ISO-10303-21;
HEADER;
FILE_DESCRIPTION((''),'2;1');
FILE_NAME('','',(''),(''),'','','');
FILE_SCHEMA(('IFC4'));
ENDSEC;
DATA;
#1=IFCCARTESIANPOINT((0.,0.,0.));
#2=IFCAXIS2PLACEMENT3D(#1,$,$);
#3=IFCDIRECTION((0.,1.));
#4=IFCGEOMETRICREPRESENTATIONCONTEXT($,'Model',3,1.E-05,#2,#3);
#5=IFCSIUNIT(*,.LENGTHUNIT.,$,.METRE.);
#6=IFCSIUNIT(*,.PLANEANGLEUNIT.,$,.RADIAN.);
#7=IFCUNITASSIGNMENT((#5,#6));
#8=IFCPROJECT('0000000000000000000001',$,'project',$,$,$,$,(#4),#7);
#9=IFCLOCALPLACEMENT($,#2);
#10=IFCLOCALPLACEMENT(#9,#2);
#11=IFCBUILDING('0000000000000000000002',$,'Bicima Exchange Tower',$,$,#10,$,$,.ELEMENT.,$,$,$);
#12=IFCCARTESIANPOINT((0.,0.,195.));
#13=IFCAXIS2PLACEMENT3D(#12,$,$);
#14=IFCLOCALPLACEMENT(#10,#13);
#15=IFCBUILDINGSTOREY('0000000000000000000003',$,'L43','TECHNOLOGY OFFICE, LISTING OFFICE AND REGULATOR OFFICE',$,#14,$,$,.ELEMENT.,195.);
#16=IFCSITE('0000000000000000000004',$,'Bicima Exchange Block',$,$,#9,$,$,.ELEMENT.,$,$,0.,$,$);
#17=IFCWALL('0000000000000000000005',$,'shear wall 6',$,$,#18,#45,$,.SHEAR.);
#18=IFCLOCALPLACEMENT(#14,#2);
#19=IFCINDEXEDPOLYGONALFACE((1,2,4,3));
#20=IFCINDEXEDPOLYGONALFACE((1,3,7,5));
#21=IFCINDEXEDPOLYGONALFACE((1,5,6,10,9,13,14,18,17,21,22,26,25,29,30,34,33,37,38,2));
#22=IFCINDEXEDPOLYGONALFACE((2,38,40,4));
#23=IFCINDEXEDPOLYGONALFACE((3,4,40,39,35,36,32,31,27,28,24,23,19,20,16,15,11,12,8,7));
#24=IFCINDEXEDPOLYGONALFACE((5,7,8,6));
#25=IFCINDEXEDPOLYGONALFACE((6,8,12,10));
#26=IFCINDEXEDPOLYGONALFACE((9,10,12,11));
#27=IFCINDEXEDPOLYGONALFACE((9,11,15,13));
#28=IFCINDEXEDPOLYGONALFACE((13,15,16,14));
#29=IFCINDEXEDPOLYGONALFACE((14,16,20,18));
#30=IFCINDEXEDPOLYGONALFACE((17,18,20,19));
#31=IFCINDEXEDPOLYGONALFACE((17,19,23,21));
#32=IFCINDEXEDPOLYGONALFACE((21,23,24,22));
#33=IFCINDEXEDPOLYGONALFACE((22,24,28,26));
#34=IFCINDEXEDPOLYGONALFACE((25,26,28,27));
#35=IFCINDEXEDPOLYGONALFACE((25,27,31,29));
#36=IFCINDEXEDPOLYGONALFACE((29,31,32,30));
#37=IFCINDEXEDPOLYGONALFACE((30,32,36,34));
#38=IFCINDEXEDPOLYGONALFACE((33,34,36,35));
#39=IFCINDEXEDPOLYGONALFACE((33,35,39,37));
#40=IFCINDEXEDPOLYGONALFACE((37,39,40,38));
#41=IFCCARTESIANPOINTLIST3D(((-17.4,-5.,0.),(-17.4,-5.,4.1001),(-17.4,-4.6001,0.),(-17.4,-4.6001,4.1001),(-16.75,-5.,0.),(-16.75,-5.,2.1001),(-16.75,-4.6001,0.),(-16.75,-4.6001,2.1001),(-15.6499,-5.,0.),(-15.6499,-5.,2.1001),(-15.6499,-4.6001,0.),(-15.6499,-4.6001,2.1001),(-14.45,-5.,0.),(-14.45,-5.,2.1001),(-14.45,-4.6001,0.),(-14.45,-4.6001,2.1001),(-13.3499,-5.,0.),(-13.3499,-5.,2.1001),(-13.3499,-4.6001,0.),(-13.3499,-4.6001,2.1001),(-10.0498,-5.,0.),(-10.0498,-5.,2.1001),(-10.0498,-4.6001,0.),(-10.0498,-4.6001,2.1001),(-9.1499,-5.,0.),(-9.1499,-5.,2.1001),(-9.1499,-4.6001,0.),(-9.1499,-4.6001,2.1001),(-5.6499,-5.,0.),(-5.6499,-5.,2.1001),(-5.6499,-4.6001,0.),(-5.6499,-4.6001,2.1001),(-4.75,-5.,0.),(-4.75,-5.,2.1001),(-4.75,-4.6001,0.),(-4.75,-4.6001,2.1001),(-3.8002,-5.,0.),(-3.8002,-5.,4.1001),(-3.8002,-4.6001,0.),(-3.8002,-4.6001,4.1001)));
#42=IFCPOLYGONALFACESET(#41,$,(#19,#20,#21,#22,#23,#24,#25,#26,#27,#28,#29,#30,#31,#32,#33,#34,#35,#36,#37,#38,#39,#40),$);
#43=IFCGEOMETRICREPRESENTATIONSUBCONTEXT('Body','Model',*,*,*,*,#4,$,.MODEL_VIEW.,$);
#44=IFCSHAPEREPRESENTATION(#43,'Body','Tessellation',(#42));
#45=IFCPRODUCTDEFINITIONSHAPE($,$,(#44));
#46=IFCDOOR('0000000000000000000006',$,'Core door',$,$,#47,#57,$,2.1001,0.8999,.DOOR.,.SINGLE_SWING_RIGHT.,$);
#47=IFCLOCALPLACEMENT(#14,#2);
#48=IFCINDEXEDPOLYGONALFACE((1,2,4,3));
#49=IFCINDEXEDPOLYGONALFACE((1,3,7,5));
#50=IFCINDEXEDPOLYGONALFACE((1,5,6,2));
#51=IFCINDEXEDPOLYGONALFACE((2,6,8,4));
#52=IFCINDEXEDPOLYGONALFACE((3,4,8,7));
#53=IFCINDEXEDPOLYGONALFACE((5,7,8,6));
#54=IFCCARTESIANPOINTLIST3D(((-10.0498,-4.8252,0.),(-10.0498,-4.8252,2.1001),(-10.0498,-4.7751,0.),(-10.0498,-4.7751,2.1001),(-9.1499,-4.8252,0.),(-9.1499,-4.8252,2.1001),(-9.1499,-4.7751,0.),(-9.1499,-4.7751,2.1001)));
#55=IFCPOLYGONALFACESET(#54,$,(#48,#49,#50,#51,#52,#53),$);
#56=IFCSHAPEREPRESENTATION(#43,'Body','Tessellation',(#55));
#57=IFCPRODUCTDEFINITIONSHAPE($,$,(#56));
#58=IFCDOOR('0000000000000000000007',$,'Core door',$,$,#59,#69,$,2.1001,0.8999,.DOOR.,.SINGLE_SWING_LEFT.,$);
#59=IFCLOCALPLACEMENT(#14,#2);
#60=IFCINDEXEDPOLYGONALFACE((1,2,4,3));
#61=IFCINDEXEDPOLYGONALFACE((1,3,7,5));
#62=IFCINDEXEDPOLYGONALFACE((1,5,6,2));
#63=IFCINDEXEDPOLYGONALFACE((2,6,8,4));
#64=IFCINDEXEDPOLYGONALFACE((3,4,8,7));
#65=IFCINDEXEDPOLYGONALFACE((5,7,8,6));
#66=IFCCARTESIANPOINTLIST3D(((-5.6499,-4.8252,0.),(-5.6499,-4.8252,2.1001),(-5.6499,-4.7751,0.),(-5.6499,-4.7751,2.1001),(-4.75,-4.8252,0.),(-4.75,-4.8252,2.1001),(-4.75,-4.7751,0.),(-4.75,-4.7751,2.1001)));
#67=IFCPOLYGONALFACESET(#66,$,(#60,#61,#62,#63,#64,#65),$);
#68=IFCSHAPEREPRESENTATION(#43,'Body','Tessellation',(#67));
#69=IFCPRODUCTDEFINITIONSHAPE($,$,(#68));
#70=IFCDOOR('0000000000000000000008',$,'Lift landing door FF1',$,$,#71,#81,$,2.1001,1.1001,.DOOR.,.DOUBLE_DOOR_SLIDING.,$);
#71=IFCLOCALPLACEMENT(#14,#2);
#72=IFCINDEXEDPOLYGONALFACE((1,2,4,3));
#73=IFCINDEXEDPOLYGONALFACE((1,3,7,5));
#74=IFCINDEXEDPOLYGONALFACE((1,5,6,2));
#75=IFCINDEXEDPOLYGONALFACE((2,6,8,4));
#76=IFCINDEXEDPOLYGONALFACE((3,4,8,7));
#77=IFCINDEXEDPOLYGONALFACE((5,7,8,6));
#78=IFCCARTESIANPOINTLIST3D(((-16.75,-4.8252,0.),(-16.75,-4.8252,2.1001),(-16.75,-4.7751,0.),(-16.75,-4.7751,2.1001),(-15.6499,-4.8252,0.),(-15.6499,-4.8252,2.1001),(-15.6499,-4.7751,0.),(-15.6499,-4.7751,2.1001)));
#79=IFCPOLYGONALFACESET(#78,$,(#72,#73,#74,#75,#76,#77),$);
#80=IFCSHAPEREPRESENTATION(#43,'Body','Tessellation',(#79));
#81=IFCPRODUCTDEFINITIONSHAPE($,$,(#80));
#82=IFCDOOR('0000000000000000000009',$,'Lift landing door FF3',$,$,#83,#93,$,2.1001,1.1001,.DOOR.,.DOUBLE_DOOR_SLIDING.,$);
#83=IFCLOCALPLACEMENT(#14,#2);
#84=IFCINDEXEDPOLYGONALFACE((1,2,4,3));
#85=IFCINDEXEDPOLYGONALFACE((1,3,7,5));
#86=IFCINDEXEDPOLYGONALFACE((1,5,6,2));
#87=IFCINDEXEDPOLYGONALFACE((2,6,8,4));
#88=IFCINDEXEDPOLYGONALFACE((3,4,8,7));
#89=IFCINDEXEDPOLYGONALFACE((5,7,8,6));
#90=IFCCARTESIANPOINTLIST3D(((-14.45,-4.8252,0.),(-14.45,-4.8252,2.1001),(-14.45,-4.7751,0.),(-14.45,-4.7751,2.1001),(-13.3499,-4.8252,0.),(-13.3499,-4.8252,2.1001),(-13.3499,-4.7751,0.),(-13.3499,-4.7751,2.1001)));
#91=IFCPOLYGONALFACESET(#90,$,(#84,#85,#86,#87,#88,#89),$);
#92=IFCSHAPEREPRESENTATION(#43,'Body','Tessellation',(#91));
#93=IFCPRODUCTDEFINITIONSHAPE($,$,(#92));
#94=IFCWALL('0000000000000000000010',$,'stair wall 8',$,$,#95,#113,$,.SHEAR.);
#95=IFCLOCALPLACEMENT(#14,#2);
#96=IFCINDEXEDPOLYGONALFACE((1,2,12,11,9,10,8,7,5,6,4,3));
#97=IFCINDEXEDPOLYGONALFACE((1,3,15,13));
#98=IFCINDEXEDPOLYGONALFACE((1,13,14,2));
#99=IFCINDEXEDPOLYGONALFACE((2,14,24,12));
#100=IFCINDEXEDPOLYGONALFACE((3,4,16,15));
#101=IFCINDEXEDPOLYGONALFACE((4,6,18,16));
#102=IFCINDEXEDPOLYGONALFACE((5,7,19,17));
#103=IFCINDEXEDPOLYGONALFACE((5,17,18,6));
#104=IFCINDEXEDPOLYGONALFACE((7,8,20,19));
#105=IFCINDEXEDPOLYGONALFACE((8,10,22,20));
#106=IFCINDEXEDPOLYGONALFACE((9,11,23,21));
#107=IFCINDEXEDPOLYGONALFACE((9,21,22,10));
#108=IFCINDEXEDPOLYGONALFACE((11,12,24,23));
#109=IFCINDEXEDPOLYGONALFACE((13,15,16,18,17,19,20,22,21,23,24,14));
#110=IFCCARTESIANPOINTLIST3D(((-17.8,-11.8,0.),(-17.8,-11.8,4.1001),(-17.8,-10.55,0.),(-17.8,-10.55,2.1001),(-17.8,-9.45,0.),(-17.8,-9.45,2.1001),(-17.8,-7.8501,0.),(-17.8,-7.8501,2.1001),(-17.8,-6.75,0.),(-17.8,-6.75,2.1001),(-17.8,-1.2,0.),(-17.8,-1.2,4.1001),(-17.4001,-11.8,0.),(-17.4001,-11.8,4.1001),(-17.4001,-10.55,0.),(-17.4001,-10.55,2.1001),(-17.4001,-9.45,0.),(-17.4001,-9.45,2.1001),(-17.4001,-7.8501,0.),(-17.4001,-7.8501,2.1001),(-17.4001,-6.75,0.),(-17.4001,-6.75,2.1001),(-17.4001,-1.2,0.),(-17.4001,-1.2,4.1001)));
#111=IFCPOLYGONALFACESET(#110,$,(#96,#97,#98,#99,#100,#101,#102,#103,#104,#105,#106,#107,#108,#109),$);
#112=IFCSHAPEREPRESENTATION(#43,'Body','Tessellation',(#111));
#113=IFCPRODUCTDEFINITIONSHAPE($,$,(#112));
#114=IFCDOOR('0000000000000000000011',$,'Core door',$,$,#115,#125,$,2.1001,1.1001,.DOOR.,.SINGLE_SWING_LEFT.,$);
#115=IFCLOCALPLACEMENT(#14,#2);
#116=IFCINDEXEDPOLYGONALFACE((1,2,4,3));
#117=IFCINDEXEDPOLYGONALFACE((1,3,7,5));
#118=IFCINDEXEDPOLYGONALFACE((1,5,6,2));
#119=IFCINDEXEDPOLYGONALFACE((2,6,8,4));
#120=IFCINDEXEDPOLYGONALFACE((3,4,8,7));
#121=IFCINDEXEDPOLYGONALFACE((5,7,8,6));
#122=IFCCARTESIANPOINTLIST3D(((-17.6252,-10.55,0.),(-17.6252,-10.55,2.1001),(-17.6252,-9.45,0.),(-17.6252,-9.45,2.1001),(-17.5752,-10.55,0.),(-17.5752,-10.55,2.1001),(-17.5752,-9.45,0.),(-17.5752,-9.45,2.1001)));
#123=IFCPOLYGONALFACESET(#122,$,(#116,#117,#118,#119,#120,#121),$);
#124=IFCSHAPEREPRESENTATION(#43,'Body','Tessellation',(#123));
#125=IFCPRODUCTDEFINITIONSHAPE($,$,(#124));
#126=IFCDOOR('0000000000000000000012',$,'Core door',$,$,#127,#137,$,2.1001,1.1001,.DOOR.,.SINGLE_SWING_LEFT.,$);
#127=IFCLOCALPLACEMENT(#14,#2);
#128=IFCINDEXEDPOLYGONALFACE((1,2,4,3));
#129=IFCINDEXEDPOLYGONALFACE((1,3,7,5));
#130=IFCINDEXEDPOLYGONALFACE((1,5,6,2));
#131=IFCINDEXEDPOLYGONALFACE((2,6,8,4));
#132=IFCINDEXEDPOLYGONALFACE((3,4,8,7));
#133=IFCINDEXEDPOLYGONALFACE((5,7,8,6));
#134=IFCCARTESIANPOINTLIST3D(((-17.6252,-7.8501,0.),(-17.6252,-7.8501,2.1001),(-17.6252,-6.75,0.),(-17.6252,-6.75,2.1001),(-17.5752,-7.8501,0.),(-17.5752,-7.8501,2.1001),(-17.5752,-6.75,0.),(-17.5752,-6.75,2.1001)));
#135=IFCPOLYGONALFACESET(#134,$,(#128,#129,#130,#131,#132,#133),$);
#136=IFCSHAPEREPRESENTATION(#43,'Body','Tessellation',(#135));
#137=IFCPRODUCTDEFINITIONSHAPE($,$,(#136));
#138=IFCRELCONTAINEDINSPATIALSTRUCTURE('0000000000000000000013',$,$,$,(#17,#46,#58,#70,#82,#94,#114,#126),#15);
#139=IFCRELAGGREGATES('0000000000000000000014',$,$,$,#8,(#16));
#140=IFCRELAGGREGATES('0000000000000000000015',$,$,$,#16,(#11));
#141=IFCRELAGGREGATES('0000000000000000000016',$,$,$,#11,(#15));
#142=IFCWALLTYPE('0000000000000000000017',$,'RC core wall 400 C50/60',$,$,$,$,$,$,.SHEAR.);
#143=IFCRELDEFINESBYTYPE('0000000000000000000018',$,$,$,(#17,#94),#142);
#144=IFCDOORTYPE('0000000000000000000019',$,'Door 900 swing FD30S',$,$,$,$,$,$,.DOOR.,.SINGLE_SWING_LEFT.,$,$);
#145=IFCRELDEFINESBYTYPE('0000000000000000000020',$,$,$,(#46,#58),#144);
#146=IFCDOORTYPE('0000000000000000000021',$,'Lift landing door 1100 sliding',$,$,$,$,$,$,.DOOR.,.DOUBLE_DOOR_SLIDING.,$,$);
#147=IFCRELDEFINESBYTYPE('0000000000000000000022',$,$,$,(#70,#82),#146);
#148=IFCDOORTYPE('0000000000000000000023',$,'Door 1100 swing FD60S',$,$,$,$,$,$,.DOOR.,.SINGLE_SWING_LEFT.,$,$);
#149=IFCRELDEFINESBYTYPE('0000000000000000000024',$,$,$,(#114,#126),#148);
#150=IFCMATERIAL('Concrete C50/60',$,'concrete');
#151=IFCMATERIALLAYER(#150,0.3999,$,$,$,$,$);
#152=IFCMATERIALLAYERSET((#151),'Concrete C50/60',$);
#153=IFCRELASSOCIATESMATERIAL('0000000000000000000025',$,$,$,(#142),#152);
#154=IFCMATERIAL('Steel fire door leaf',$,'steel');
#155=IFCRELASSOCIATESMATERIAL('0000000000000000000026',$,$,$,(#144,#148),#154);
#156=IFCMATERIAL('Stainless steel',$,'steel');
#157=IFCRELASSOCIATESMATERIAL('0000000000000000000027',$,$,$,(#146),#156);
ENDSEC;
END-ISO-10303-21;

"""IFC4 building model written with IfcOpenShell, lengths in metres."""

from ifc_helpers import new_model, si_unit, direction, frame, frame_2d, origin, place, context, subcontext, project, spatial, rectangle, extrude, material, layer, layer_set, type_object, element, fill, save


model = new_model("IFC4")

# Units and contexts
model_context = context("Model", 3, precision=1e-05, world=origin(), true_north=direction((0.0, 1.0)))
body_context = subcontext(model_context, "Body", "Model", "MODEL_VIEW")
ifc_project = project(units=[si_unit("LENGTHUNIT", "METRE"), si_unit("PLANEANGLEUNIT", "RADIAN")], contexts=[model_context])

# Site, building, storey
site_placement = place(None, origin())
site = spatial("IfcSite", under=ifc_project, at=site_placement, Name="Bicima Exchange Block", CompositionType="ELEMENT", RefElevation=0.0)
building_placement = place(site_placement, origin())
building = spatial("IfcBuilding", under=site, at=building_placement, Name="Bicima Exchange Tower", CompositionType="ELEMENT")
storey_placement = place(building_placement, frame((0.0, 0.0, 195.0)))
storey = spatial("IfcBuildingStorey", under=building, at=storey_placement, Name="L43", Description="TECHNOLOGY OFFICE, LISTING OFFICE AND REGULATOR OFFICE", CompositionType="ELEMENT", Elevation=195.0)

# Walls, openings, doors
ifc_material_1 = material(Name="Concrete C50/60", Category="concrete")
ifc_layer_1 = layer(ifc_material_1, 0.3999)
ifc_layer_set_1 = layer_set([ifc_layer_1], Name="Concrete C50/60")
wall_type_1 = type_object("IfcWallType", Name="RC core wall 400 C50/60", PredefinedType="SHEAR", material=ifc_layer_set_1)
ifc_material_2 = material(Name="Steel fire door leaf", Category="steel")
door_type_1 = type_object("IfcDoorType", Name="Door 900 swing FD30S", OperationType="SINGLE_SWING_LEFT", PredefinedType="DOOR", material=ifc_material_2)
ifc_material_3 = material(Name="Stainless steel", Category="steel")
wall_1_placement = place(storey_placement, frame((-17.3999, -4.8, 0.0), z_axis=(0.0, 0.0, 1.0), x_axis=(1.0, 0.0, 0.0)))
wall_1 = element("IfcWall", 1, at=wall_1_placement, inside=storey, type_object=wall_type_1, Name="shear wall 6", PredefinedType="SHEAR", context=body_context, shape_type="SweptSolid", body=[
    extrude(rectangle(XDim=13.5999, YDim=0.3999, at=frame_2d((6.7998, 0.0))), origin(), (0.0, 0.0, 1.0), 4.1001),
])
opening_1_placement = place(wall_1_placement, frame((0.6499, 0.0, 0.0)))
opening_1 = element("IfcOpeningElement", 2, at=opening_1_placement, cuts=wall_1, PredefinedType="OPENING", context=body_context, shape_type="SweptSolid", body=[
    extrude(rectangle(XDim=1.1001, YDim=2.1001, at=frame_2d((0.55, 1.05))), frame((0.0, 0.2119, 0.0), z_axis=(0.0, -1.0, 0.0), x_axis=(1.0, 0.0, 0.0)), (0.0, 0.0, 1.0), 0.4238),
])
opening_2_placement = place(wall_1_placement, frame((2.95, 0.0, 0.0)))
opening_2 = element("IfcOpeningElement", 3, at=opening_2_placement, cuts=wall_1, PredefinedType="OPENING", context=body_context, shape_type="SweptSolid", body=[
    extrude(rectangle(XDim=1.1001, YDim=2.1001, at=frame_2d((0.55, 1.05))), frame((0.0, 0.2119, 0.0), z_axis=(0.0, -1.0, 0.0), x_axis=(1.0, 0.0, 0.0)), (0.0, 0.0, 1.0), 0.4238),
])
opening_3_placement = place(wall_1_placement, frame((7.3501, 0.0, 0.0)))
opening_3 = element("IfcOpeningElement", 4, at=opening_3_placement, cuts=wall_1, PredefinedType="OPENING", context=body_context, shape_type="SweptSolid", body=[
    extrude(rectangle(XDim=0.8999, YDim=2.1001, at=frame_2d((0.45, 1.05))), frame((0.0, 0.2119, 0.0), z_axis=(0.0, -1.0, 0.0), x_axis=(1.0, 0.0, 0.0)), (0.0, 0.0, 1.0), 0.4238),
])
opening_4_placement = place(wall_1_placement, frame((11.75, 0.0, 0.0)))
opening_4 = element("IfcOpeningElement", 5, at=opening_4_placement, cuts=wall_1, PredefinedType="OPENING", context=body_context, shape_type="SweptSolid", body=[
    extrude(rectangle(XDim=0.8999, YDim=2.1001, at=frame_2d((0.45, 1.05))), frame((0.0, 0.2119, 0.0), z_axis=(0.0, -1.0, 0.0), x_axis=(1.0, 0.0, 0.0)), (0.0, 0.0, 1.0), 0.4238),
])
door_1_placement = place(opening_3_placement, origin())
door_1 = element("IfcDoor", 6, at=door_1_placement, inside=storey, type_object=door_type_1, Name="Core door", OperationType="SINGLE_SWING_RIGHT", OverallHeight=2.1001, OverallWidth=0.8999, PredefinedType="DOOR", context=body_context, shape_type="SweptSolid", body=[
    extrude(rectangle(XDim=0.8999, YDim=2.1001, at=frame_2d((0.45, 1.05))), frame((0.0, 0.0249, 0.0), z_axis=(0.0, -1.0, 0.0), x_axis=(1.0, 0.0, 0.0)), (0.0, 0.0, 1.0), 0.05),
])
fill(opening_3, door_1)
door_2_placement = place(opening_4_placement, origin())
door_2 = element("IfcDoor", 7, at=door_2_placement, inside=storey, type_object=door_type_1, Name="Core door", OperationType="SINGLE_SWING_LEFT", OverallHeight=2.1001, OverallWidth=0.8999, PredefinedType="DOOR", context=body_context, shape_type="SweptSolid", body=[
    extrude(rectangle(XDim=0.8999, YDim=2.1001, at=frame_2d((0.45, 1.05))), frame((0.0, 0.0249, 0.0), z_axis=(0.0, -1.0, 0.0), x_axis=(1.0, 0.0, 0.0)), (0.0, 0.0, 1.0), 0.05),
])
fill(opening_4, door_2)
door_type_2 = type_object("IfcDoorType", Name="Lift landing door 1100 sliding", OperationType="DOUBLE_DOOR_SLIDING", PredefinedType="DOOR", material=ifc_material_3)
door_3_placement = place(opening_1_placement, origin())
door_3 = element("IfcDoor", 8, at=door_3_placement, inside=storey, type_object=door_type_2, Name="Lift landing door FF1", OperationType="DOUBLE_DOOR_SLIDING", OverallHeight=2.1001, OverallWidth=1.1001, PredefinedType="DOOR", context=body_context, shape_type="SweptSolid", body=[
    extrude(rectangle(XDim=1.1001, YDim=2.1001, at=frame_2d((0.55, 1.05))), frame((0.0, 0.0249, 0.0), z_axis=(0.0, -1.0, 0.0), x_axis=(1.0, 0.0, 0.0)), (0.0, 0.0, 1.0), 0.05),
])
fill(opening_1, door_3)
door_4_placement = place(opening_2_placement, origin())
door_4 = element("IfcDoor", 9, at=door_4_placement, inside=storey, type_object=door_type_2, Name="Lift landing door FF3", OperationType="DOUBLE_DOOR_SLIDING", OverallHeight=2.1001, OverallWidth=1.1001, PredefinedType="DOOR", context=body_context, shape_type="SweptSolid", body=[
    extrude(rectangle(XDim=1.1001, YDim=2.1001, at=frame_2d((0.55, 1.05))), frame((0.0, 0.0249, 0.0), z_axis=(0.0, -1.0, 0.0), x_axis=(1.0, 0.0, 0.0)), (0.0, 0.0, 1.0), 0.05),
])
fill(opening_2, door_4)
wall_2_placement = place(storey_placement, frame((-17.6001, -11.8, 0.0), z_axis=(0.0, 0.0, 1.0), x_axis=(0.0, 1.0, 0.0)))
wall_2 = element("IfcWall", 10, at=wall_2_placement, inside=storey, type_object=wall_type_1, Name="stair wall 8", PredefinedType="SHEAR", context=body_context, shape_type="SweptSolid", body=[
    extrude(rectangle(XDim=10.6001, YDim=0.3999, at=frame_2d((5.3, 0.0))), origin(), (0.0, 0.0, 1.0), 4.1001),
])
opening_5_placement = place(wall_2_placement, frame((1.25, 0.0, 0.0)))
opening_5 = element("IfcOpeningElement", 11, at=opening_5_placement, cuts=wall_2, PredefinedType="OPENING", context=body_context, shape_type="SweptSolid", body=[
    extrude(rectangle(XDim=1.1001, YDim=2.1001, at=frame_2d((0.55, 1.05))), frame((0.0, 0.2119, 0.0), z_axis=(0.0, -1.0, 0.0), x_axis=(1.0, 0.0, 0.0)), (0.0, 0.0, 1.0), 0.4238),
])
opening_6_placement = place(wall_2_placement, frame((3.95, 0.0, 0.0)))
opening_6 = element("IfcOpeningElement", 12, at=opening_6_placement, cuts=wall_2, PredefinedType="OPENING", context=body_context, shape_type="SweptSolid", body=[
    extrude(rectangle(XDim=1.1001, YDim=2.1001, at=frame_2d((0.55, 1.05))), frame((0.0, 0.2119, 0.0), z_axis=(0.0, -1.0, 0.0), x_axis=(1.0, 0.0, 0.0)), (0.0, 0.0, 1.0), 0.4238),
])
door_type_3 = type_object("IfcDoorType", Name="Door 1100 swing FD60S", OperationType="SINGLE_SWING_LEFT", PredefinedType="DOOR", material=ifc_material_2)
door_5_placement = place(opening_5_placement, frame((1.1001, 0.0, 0.0), z_axis=(0.0, 0.0, 1.0), x_axis=(-1.0, 0.0, 0.0)))
door_5 = element("IfcDoor", 13, at=door_5_placement, inside=storey, type_object=door_type_3, Name="Core door", OperationType="SINGLE_SWING_LEFT", OverallHeight=2.1001, OverallWidth=1.1001, PredefinedType="DOOR", context=body_context, shape_type="SweptSolid", body=[
    extrude(rectangle(XDim=1.1001, YDim=2.1001, at=frame_2d((0.55, 1.05))), frame((0.0, 0.0249, 0.0), z_axis=(0.0, -1.0, 0.0), x_axis=(1.0, 0.0, 0.0)), (0.0, 0.0, 1.0), 0.05),
])
fill(opening_5, door_5)
door_6_placement = place(opening_6_placement, frame((1.1001, 0.0, 0.0), z_axis=(0.0, 0.0, 1.0), x_axis=(-1.0, 0.0, 0.0)))
door_6 = element("IfcDoor", 14, at=door_6_placement, inside=storey, type_object=door_type_3, Name="Core door", OperationType="SINGLE_SWING_LEFT", OverallHeight=2.1001, OverallWidth=1.1001, PredefinedType="DOOR", context=body_context, shape_type="SweptSolid", body=[
    extrude(rectangle(XDim=1.1001, YDim=2.1001, at=frame_2d((0.55, 1.05))), frame((0.0, 0.0249, 0.0), z_axis=(0.0, -1.0, 0.0), x_axis=(1.0, 0.0, 0.0)), (0.0, 0.0, 1.0), 0.05),
])
fill(opening_6, door_6)

save(model, "model.ifc")
